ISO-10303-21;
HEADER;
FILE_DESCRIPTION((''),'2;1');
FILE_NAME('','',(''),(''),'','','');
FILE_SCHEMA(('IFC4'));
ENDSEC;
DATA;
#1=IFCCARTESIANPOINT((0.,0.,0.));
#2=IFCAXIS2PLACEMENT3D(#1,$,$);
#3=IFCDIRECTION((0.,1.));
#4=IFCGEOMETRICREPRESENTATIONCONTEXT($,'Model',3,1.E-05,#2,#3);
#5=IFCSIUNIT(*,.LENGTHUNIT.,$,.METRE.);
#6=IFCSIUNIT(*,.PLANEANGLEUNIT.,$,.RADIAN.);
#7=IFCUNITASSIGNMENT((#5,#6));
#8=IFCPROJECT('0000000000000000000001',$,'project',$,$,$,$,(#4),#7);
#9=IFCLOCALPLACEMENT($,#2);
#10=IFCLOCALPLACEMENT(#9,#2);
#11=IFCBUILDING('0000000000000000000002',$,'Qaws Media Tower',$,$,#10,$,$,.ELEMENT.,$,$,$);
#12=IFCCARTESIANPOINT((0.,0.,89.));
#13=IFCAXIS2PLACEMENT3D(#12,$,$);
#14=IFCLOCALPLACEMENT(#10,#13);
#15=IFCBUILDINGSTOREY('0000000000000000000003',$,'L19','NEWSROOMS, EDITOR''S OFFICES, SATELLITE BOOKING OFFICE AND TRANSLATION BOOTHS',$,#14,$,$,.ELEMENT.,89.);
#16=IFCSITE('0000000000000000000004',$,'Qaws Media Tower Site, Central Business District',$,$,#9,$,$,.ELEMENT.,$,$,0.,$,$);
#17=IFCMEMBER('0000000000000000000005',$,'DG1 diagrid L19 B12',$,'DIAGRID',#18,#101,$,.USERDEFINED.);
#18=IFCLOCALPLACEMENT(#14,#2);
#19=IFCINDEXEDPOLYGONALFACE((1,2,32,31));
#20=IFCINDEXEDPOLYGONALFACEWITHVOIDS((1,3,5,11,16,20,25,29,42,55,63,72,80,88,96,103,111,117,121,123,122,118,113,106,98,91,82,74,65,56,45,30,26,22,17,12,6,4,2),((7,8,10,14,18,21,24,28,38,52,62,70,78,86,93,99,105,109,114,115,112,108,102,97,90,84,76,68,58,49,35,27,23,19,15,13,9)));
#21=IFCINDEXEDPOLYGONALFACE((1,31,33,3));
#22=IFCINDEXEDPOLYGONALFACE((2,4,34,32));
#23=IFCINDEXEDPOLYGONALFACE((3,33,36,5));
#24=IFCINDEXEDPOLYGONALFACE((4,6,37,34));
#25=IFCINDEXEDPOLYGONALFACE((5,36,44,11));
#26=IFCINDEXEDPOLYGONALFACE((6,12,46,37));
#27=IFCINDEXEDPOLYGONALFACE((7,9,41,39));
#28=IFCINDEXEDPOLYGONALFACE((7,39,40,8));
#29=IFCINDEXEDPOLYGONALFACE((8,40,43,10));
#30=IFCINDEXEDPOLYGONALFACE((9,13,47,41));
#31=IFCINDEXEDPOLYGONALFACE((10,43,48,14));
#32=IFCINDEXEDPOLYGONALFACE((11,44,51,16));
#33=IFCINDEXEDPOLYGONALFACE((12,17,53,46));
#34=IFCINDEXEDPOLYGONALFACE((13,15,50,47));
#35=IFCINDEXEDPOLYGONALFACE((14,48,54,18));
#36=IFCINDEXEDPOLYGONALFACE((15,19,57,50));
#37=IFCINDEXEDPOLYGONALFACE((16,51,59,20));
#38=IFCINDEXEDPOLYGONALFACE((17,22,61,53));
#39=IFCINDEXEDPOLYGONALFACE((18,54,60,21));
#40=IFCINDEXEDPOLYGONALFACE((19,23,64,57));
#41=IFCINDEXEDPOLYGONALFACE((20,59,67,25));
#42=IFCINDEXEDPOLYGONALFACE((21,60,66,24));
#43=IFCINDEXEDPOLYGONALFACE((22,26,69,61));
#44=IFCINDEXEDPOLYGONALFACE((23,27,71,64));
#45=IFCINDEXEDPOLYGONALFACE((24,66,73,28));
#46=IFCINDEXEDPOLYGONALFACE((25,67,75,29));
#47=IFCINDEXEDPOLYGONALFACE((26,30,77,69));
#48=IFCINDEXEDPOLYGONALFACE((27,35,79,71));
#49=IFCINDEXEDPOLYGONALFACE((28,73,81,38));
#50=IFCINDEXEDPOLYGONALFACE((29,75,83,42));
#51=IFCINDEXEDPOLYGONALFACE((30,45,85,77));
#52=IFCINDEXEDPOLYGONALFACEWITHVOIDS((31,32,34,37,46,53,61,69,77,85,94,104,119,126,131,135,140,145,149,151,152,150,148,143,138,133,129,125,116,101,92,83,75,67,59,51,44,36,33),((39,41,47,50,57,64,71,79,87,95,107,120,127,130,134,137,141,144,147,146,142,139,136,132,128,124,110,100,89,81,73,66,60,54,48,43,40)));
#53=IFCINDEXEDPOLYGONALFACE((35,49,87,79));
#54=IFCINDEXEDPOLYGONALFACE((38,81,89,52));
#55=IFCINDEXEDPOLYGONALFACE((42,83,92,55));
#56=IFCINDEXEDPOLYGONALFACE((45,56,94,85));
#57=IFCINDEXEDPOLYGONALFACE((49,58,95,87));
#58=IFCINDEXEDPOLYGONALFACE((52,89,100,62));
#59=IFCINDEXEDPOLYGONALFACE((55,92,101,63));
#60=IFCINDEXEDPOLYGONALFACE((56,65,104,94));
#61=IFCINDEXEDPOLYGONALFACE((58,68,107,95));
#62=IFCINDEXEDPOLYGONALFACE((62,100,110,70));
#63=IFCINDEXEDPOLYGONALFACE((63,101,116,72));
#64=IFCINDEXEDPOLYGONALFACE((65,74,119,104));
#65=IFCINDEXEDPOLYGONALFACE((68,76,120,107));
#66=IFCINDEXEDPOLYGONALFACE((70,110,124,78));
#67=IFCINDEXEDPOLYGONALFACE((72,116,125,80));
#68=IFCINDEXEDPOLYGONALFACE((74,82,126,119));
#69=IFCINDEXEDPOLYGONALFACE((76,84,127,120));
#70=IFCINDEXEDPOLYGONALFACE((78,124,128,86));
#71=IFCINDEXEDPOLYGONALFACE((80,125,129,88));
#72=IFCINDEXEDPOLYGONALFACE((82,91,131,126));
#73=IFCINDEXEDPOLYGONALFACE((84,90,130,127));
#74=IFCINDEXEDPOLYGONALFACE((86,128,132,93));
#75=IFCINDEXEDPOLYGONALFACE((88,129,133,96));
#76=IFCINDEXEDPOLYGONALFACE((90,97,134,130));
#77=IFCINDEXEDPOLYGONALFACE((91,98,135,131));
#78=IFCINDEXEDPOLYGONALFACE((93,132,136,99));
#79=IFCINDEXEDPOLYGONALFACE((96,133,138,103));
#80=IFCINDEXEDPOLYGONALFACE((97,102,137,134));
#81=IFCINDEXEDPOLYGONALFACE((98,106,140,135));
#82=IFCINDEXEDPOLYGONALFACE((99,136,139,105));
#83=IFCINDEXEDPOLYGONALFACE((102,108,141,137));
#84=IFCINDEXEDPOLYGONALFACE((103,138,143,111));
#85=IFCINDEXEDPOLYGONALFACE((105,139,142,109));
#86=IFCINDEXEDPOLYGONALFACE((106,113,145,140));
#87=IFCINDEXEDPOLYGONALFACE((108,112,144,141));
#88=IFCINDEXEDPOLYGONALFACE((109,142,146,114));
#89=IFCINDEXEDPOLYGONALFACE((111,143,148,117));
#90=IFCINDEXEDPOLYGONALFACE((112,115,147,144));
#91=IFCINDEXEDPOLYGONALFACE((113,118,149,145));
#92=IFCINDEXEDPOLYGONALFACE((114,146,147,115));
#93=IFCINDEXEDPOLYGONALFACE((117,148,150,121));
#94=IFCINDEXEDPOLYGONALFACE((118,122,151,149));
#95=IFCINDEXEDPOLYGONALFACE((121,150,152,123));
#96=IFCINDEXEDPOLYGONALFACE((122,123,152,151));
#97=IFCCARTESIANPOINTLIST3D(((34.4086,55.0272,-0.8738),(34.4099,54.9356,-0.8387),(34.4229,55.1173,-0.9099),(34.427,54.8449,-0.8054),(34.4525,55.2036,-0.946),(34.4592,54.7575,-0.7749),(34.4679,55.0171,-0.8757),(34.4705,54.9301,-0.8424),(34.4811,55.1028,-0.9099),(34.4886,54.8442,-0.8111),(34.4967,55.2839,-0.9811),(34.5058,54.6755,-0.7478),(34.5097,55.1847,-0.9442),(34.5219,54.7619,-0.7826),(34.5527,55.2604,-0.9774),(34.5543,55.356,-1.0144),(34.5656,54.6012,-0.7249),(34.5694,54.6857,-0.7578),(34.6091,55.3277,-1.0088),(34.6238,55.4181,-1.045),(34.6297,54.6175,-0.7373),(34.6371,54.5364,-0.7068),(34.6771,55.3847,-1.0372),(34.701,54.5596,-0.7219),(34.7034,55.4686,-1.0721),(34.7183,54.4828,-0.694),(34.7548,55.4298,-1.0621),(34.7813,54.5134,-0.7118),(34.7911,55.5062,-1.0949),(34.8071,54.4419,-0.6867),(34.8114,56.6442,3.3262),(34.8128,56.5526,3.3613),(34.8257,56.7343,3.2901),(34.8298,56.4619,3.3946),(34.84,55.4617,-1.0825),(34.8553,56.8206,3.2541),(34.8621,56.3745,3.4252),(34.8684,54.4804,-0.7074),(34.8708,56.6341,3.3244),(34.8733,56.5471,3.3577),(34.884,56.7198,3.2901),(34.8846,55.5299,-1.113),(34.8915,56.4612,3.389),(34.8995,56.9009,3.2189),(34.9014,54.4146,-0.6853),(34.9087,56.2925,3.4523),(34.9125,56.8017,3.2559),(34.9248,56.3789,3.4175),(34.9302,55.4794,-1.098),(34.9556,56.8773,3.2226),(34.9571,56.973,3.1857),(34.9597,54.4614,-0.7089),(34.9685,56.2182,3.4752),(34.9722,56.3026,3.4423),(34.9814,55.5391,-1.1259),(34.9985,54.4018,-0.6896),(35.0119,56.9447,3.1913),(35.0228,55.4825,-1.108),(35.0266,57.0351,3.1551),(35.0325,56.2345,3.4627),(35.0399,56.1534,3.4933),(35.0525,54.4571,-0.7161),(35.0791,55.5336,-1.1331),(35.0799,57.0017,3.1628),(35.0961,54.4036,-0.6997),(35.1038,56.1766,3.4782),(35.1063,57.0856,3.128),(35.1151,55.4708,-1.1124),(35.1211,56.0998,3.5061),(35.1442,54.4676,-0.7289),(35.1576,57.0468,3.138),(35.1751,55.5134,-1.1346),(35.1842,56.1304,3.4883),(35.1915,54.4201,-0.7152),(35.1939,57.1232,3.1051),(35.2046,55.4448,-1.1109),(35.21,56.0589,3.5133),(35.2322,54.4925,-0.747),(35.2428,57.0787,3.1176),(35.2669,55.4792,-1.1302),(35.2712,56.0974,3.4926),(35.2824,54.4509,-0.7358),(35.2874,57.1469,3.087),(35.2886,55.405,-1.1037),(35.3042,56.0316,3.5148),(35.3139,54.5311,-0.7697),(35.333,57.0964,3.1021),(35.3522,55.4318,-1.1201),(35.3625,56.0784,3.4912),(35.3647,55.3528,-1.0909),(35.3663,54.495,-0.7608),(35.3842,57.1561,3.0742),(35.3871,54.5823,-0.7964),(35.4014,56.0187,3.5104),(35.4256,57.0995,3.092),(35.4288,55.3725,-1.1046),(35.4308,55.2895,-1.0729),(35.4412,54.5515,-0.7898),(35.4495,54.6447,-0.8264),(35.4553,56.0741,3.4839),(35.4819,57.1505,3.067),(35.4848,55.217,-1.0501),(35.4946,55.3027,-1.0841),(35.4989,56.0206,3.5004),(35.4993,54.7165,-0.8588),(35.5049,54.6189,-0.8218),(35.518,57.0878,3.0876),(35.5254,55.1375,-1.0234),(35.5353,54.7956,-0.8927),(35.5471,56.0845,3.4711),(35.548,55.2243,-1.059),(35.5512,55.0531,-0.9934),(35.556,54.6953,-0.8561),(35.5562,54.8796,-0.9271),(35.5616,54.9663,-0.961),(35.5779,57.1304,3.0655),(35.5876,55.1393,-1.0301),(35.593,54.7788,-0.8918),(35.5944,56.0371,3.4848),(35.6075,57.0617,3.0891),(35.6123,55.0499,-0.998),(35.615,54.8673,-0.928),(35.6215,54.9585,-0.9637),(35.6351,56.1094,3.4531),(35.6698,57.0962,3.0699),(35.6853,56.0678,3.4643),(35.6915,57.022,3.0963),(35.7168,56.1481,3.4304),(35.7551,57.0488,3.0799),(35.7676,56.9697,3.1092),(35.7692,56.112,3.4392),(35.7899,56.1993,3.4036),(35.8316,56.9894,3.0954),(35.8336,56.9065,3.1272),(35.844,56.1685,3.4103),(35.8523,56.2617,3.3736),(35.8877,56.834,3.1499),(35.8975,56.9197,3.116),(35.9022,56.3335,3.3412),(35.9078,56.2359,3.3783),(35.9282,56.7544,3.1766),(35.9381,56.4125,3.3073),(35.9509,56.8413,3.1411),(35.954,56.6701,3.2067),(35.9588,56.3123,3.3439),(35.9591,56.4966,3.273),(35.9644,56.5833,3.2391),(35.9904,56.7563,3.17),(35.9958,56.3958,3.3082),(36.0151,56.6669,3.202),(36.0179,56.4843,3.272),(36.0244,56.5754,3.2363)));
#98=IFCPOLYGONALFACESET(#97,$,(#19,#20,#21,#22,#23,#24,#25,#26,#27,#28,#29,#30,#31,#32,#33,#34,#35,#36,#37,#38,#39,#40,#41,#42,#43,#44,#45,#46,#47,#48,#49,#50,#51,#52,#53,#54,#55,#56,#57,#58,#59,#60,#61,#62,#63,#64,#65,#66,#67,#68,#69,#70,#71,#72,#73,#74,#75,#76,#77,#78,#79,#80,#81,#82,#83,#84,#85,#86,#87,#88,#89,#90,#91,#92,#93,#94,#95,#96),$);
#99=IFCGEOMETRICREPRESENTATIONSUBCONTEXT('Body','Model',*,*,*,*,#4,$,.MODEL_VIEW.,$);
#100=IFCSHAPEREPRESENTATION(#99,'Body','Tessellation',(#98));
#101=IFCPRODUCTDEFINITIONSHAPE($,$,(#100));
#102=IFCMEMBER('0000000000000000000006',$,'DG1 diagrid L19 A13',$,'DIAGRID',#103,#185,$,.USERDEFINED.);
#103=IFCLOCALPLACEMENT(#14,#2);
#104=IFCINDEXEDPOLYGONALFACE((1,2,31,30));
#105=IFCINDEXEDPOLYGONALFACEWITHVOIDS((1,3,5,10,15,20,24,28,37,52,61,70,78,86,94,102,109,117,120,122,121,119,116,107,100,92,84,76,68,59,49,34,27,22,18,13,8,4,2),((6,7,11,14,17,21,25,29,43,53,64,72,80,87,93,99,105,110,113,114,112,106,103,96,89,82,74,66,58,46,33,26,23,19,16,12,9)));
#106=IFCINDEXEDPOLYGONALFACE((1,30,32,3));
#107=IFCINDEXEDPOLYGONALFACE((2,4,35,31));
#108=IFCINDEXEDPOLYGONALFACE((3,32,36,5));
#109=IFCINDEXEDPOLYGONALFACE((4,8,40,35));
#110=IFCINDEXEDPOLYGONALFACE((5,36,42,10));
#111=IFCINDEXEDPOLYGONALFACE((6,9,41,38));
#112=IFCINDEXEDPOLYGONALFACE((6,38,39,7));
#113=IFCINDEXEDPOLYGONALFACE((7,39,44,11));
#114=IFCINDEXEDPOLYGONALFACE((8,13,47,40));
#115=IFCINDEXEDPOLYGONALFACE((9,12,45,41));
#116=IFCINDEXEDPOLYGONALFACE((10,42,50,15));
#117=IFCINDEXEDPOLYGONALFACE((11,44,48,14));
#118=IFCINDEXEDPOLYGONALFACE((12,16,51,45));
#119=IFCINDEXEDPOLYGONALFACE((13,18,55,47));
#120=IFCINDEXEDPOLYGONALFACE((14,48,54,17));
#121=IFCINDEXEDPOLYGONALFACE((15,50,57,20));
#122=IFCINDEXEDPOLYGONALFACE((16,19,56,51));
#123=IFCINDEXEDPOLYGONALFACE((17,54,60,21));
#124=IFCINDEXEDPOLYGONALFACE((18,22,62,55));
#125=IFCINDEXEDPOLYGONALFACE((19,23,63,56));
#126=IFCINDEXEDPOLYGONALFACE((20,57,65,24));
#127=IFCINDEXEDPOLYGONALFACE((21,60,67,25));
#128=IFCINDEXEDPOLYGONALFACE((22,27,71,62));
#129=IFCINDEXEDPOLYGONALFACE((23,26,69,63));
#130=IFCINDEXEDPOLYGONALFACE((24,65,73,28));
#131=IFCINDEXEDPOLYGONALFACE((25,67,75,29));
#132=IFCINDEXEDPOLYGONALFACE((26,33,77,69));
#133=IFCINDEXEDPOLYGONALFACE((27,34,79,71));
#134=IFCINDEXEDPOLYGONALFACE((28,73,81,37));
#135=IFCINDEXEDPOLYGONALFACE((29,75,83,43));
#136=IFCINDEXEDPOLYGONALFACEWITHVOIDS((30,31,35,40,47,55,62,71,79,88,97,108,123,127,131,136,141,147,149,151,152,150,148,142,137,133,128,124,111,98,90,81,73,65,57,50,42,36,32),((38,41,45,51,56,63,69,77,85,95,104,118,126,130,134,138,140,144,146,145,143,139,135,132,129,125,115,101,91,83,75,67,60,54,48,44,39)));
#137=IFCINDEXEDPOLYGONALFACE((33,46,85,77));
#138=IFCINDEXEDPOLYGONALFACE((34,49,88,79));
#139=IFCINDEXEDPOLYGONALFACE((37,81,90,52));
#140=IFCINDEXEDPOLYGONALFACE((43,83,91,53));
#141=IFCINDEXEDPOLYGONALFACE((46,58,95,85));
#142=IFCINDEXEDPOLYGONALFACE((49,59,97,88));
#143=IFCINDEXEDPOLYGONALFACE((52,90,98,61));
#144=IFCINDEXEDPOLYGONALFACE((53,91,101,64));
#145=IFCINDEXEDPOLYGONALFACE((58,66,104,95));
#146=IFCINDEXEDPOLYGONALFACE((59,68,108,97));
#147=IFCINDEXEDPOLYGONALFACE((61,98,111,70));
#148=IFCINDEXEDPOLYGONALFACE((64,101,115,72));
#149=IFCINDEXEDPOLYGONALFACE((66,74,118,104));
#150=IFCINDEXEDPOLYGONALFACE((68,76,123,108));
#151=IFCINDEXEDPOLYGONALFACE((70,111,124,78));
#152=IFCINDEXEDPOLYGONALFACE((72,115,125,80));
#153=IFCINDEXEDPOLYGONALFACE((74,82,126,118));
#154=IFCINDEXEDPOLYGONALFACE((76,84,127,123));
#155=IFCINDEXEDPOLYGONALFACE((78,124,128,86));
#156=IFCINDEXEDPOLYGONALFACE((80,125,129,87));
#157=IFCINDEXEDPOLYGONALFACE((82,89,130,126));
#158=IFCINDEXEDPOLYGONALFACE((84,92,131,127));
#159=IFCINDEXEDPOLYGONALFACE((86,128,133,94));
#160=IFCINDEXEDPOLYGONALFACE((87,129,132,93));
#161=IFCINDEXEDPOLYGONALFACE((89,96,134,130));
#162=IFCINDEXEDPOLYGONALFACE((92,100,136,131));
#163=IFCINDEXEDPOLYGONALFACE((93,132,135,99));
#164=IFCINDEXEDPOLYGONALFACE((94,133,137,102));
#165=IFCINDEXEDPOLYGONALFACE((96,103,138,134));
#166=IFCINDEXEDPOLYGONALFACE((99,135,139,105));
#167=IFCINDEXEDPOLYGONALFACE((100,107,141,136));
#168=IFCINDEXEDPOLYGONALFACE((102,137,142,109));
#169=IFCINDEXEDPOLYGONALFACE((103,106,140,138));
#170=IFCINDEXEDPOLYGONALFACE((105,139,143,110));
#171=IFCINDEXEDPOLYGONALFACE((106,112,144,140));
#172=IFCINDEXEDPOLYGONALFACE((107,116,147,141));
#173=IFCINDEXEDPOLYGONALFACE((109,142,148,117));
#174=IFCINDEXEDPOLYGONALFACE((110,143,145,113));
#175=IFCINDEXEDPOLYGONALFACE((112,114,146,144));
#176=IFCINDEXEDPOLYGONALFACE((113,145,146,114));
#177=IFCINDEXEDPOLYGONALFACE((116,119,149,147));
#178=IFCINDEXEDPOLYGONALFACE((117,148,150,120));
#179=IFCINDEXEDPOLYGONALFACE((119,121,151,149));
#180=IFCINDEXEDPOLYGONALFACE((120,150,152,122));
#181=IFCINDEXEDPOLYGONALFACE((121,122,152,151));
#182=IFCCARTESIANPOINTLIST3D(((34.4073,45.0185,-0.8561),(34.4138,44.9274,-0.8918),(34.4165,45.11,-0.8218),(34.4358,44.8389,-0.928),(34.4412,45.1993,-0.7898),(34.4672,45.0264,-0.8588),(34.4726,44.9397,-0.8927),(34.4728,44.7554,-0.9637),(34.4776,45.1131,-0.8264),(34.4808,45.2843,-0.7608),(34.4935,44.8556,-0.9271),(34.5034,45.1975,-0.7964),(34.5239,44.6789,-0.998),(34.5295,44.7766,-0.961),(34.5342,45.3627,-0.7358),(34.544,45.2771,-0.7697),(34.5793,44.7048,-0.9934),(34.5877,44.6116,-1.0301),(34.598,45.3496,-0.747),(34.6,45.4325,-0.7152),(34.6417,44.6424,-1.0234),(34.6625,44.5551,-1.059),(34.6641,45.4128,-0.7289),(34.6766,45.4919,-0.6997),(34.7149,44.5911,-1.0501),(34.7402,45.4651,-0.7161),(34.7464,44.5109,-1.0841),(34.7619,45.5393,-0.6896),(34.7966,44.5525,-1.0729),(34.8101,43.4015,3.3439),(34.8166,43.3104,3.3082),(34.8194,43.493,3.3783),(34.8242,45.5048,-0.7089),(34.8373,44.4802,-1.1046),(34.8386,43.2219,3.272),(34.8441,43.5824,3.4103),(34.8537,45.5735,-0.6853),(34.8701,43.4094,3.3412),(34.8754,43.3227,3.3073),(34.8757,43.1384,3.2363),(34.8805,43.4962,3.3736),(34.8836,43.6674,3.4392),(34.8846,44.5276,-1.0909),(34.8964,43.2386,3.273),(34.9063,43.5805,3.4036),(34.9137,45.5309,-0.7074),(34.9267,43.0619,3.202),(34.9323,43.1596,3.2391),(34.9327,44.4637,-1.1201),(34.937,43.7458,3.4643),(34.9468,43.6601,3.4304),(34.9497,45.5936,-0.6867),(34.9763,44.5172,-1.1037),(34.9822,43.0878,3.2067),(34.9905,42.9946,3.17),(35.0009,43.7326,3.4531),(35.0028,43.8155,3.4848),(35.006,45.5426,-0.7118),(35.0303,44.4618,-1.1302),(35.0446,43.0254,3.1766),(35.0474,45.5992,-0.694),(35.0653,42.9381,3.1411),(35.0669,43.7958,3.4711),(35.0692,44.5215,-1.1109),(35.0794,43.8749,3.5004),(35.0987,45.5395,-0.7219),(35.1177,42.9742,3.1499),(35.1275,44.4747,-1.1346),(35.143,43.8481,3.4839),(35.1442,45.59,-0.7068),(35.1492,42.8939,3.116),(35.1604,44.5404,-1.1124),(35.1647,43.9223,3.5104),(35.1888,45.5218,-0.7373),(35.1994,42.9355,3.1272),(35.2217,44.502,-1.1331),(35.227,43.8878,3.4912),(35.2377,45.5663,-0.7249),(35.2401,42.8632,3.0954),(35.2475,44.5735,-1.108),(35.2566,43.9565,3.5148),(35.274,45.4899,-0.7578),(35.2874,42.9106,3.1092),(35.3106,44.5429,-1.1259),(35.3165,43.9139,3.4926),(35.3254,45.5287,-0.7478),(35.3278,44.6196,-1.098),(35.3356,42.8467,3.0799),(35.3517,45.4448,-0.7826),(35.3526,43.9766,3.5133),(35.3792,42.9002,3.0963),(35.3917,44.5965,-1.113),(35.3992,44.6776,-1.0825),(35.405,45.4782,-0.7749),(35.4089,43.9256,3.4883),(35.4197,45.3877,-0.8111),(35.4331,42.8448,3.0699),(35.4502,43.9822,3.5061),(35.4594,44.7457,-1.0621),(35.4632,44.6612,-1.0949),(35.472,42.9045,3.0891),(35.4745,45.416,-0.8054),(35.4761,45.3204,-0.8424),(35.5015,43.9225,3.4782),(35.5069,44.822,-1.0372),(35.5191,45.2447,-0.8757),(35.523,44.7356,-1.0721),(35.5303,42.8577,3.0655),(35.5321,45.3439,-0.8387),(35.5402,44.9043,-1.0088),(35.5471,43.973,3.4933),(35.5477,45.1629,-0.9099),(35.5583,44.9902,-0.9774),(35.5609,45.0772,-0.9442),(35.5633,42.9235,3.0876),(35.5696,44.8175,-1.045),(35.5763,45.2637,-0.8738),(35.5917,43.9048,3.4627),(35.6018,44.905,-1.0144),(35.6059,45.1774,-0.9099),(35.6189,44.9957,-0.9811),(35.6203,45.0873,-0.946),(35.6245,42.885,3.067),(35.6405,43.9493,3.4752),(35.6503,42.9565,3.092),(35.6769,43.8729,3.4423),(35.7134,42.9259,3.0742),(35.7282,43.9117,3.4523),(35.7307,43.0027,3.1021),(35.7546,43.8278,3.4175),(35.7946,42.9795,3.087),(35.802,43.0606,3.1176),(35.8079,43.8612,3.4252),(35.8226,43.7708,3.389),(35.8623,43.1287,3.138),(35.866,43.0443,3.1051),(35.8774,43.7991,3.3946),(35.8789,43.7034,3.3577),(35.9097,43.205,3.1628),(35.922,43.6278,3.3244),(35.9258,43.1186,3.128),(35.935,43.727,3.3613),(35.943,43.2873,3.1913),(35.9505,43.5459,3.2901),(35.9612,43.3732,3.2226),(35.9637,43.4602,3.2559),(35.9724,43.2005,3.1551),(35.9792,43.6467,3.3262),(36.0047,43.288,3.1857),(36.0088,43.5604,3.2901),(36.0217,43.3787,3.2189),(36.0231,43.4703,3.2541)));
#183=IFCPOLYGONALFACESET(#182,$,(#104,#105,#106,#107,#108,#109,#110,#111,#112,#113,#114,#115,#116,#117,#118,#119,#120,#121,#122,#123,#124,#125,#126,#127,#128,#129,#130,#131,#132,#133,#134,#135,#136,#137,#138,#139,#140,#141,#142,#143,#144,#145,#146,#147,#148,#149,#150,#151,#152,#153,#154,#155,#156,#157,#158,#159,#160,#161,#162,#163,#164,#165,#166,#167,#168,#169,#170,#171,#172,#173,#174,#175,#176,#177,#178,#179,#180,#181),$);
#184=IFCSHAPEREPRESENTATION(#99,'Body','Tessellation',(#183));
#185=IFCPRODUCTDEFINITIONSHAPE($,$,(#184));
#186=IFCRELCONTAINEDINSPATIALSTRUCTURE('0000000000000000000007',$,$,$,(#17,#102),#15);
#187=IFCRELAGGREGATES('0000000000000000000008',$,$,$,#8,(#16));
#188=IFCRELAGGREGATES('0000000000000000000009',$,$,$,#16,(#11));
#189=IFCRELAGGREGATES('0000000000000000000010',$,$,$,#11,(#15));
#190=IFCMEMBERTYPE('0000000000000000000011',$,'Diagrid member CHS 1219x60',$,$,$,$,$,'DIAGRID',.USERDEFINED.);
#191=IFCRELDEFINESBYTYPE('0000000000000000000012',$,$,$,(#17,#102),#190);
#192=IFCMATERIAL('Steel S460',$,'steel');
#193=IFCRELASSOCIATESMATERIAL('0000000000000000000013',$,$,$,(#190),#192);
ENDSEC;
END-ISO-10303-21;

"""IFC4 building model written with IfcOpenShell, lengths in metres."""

from ifc_helpers import new_model, si_unit, direction, frame, origin, origin_2d, place, context, subcontext, project, spatial, hollow_circle, extrude, material, material_profile, profile_set, type_object, element, save


model = new_model("IFC4")

# Units and contexts
model_context = context("Model", 3, precision=1e-05, world=origin(), true_north=direction((0.0, 1.0)))
body_context = subcontext(model_context, "Body", "Model", "MODEL_VIEW")
ifc_project = project(units=[si_unit("LENGTHUNIT", "METRE"), si_unit("PLANEANGLEUNIT", "RADIAN")], contexts=[model_context])

# Site, building, storey
site_placement = place(None, origin())
site = spatial("IfcSite", under=ifc_project, at=site_placement, Name="Qaws Media Tower Site, Central Business District", CompositionType="ELEMENT", RefElevation=0.0)
building_placement = place(site_placement, origin())
building = spatial("IfcBuilding", under=site, at=building_placement, Name="Qaws Media Tower", CompositionType="ELEMENT")
storey_placement = place(building_placement, frame((0.0, 0.0, 89.0)))
storey = spatial("IfcBuildingStorey", under=building, at=storey_placement, Name="L19", Description="NEWSROOMS, EDITOR'S OFFICES, SATELLITE BOOKING OFFICE AND TRANSLATION BOOTHS", CompositionType="ELEMENT", Elevation=89.0)

# Members
ifc_material_1 = material(Name="Steel S460", Category="steel")
ifc_material_profile_1 = material_profile(ifc_material_1, hollow_circle(Radius=0.6096, WallThickness=0.0601, at=origin_2d()), Name="CHS 1219x60")
ifc_profile_set_1 = profile_set([ifc_material_profile_1], Name="Steel S460")
member_type_1 = type_object("IfcMemberType", Name="Diagrid member CHS 1219x60", ElementType="DIAGRID", PredefinedType="USERDEFINED", material=ifc_profile_set_1)
for number, where, z_axis, x_axis, name in (
    (1, (35.0144, 54.97, -0.9099), (0.089153, 0.357854, 0.929512), (-0.97034, 0.241743, 0.0), "DG1 diagrid L19 B12"),
    (2, (35.0144, 45.03, -0.9099), (0.089153, -0.357854, 0.929512), (0.97034, 0.241743, 0.0), "DG1 diagrid L19 A13"),
):
    element("IfcMember", number, at=place(storey_placement, frame(where, z_axis=z_axis, x_axis=x_axis)), inside=storey, type_object=member_type_1, Name=name, ObjectType="DIAGRID", PredefinedType="USERDEFINED", context=body_context, shape_type="SweptSolid", body=[
        extrude(hollow_circle(Radius=0.6096, WallThickness=0.0601, at=origin_2d()), origin(), (0.0, 0.0, 1.0), 4.5186),
    ])

save(model, "model.ifc")
